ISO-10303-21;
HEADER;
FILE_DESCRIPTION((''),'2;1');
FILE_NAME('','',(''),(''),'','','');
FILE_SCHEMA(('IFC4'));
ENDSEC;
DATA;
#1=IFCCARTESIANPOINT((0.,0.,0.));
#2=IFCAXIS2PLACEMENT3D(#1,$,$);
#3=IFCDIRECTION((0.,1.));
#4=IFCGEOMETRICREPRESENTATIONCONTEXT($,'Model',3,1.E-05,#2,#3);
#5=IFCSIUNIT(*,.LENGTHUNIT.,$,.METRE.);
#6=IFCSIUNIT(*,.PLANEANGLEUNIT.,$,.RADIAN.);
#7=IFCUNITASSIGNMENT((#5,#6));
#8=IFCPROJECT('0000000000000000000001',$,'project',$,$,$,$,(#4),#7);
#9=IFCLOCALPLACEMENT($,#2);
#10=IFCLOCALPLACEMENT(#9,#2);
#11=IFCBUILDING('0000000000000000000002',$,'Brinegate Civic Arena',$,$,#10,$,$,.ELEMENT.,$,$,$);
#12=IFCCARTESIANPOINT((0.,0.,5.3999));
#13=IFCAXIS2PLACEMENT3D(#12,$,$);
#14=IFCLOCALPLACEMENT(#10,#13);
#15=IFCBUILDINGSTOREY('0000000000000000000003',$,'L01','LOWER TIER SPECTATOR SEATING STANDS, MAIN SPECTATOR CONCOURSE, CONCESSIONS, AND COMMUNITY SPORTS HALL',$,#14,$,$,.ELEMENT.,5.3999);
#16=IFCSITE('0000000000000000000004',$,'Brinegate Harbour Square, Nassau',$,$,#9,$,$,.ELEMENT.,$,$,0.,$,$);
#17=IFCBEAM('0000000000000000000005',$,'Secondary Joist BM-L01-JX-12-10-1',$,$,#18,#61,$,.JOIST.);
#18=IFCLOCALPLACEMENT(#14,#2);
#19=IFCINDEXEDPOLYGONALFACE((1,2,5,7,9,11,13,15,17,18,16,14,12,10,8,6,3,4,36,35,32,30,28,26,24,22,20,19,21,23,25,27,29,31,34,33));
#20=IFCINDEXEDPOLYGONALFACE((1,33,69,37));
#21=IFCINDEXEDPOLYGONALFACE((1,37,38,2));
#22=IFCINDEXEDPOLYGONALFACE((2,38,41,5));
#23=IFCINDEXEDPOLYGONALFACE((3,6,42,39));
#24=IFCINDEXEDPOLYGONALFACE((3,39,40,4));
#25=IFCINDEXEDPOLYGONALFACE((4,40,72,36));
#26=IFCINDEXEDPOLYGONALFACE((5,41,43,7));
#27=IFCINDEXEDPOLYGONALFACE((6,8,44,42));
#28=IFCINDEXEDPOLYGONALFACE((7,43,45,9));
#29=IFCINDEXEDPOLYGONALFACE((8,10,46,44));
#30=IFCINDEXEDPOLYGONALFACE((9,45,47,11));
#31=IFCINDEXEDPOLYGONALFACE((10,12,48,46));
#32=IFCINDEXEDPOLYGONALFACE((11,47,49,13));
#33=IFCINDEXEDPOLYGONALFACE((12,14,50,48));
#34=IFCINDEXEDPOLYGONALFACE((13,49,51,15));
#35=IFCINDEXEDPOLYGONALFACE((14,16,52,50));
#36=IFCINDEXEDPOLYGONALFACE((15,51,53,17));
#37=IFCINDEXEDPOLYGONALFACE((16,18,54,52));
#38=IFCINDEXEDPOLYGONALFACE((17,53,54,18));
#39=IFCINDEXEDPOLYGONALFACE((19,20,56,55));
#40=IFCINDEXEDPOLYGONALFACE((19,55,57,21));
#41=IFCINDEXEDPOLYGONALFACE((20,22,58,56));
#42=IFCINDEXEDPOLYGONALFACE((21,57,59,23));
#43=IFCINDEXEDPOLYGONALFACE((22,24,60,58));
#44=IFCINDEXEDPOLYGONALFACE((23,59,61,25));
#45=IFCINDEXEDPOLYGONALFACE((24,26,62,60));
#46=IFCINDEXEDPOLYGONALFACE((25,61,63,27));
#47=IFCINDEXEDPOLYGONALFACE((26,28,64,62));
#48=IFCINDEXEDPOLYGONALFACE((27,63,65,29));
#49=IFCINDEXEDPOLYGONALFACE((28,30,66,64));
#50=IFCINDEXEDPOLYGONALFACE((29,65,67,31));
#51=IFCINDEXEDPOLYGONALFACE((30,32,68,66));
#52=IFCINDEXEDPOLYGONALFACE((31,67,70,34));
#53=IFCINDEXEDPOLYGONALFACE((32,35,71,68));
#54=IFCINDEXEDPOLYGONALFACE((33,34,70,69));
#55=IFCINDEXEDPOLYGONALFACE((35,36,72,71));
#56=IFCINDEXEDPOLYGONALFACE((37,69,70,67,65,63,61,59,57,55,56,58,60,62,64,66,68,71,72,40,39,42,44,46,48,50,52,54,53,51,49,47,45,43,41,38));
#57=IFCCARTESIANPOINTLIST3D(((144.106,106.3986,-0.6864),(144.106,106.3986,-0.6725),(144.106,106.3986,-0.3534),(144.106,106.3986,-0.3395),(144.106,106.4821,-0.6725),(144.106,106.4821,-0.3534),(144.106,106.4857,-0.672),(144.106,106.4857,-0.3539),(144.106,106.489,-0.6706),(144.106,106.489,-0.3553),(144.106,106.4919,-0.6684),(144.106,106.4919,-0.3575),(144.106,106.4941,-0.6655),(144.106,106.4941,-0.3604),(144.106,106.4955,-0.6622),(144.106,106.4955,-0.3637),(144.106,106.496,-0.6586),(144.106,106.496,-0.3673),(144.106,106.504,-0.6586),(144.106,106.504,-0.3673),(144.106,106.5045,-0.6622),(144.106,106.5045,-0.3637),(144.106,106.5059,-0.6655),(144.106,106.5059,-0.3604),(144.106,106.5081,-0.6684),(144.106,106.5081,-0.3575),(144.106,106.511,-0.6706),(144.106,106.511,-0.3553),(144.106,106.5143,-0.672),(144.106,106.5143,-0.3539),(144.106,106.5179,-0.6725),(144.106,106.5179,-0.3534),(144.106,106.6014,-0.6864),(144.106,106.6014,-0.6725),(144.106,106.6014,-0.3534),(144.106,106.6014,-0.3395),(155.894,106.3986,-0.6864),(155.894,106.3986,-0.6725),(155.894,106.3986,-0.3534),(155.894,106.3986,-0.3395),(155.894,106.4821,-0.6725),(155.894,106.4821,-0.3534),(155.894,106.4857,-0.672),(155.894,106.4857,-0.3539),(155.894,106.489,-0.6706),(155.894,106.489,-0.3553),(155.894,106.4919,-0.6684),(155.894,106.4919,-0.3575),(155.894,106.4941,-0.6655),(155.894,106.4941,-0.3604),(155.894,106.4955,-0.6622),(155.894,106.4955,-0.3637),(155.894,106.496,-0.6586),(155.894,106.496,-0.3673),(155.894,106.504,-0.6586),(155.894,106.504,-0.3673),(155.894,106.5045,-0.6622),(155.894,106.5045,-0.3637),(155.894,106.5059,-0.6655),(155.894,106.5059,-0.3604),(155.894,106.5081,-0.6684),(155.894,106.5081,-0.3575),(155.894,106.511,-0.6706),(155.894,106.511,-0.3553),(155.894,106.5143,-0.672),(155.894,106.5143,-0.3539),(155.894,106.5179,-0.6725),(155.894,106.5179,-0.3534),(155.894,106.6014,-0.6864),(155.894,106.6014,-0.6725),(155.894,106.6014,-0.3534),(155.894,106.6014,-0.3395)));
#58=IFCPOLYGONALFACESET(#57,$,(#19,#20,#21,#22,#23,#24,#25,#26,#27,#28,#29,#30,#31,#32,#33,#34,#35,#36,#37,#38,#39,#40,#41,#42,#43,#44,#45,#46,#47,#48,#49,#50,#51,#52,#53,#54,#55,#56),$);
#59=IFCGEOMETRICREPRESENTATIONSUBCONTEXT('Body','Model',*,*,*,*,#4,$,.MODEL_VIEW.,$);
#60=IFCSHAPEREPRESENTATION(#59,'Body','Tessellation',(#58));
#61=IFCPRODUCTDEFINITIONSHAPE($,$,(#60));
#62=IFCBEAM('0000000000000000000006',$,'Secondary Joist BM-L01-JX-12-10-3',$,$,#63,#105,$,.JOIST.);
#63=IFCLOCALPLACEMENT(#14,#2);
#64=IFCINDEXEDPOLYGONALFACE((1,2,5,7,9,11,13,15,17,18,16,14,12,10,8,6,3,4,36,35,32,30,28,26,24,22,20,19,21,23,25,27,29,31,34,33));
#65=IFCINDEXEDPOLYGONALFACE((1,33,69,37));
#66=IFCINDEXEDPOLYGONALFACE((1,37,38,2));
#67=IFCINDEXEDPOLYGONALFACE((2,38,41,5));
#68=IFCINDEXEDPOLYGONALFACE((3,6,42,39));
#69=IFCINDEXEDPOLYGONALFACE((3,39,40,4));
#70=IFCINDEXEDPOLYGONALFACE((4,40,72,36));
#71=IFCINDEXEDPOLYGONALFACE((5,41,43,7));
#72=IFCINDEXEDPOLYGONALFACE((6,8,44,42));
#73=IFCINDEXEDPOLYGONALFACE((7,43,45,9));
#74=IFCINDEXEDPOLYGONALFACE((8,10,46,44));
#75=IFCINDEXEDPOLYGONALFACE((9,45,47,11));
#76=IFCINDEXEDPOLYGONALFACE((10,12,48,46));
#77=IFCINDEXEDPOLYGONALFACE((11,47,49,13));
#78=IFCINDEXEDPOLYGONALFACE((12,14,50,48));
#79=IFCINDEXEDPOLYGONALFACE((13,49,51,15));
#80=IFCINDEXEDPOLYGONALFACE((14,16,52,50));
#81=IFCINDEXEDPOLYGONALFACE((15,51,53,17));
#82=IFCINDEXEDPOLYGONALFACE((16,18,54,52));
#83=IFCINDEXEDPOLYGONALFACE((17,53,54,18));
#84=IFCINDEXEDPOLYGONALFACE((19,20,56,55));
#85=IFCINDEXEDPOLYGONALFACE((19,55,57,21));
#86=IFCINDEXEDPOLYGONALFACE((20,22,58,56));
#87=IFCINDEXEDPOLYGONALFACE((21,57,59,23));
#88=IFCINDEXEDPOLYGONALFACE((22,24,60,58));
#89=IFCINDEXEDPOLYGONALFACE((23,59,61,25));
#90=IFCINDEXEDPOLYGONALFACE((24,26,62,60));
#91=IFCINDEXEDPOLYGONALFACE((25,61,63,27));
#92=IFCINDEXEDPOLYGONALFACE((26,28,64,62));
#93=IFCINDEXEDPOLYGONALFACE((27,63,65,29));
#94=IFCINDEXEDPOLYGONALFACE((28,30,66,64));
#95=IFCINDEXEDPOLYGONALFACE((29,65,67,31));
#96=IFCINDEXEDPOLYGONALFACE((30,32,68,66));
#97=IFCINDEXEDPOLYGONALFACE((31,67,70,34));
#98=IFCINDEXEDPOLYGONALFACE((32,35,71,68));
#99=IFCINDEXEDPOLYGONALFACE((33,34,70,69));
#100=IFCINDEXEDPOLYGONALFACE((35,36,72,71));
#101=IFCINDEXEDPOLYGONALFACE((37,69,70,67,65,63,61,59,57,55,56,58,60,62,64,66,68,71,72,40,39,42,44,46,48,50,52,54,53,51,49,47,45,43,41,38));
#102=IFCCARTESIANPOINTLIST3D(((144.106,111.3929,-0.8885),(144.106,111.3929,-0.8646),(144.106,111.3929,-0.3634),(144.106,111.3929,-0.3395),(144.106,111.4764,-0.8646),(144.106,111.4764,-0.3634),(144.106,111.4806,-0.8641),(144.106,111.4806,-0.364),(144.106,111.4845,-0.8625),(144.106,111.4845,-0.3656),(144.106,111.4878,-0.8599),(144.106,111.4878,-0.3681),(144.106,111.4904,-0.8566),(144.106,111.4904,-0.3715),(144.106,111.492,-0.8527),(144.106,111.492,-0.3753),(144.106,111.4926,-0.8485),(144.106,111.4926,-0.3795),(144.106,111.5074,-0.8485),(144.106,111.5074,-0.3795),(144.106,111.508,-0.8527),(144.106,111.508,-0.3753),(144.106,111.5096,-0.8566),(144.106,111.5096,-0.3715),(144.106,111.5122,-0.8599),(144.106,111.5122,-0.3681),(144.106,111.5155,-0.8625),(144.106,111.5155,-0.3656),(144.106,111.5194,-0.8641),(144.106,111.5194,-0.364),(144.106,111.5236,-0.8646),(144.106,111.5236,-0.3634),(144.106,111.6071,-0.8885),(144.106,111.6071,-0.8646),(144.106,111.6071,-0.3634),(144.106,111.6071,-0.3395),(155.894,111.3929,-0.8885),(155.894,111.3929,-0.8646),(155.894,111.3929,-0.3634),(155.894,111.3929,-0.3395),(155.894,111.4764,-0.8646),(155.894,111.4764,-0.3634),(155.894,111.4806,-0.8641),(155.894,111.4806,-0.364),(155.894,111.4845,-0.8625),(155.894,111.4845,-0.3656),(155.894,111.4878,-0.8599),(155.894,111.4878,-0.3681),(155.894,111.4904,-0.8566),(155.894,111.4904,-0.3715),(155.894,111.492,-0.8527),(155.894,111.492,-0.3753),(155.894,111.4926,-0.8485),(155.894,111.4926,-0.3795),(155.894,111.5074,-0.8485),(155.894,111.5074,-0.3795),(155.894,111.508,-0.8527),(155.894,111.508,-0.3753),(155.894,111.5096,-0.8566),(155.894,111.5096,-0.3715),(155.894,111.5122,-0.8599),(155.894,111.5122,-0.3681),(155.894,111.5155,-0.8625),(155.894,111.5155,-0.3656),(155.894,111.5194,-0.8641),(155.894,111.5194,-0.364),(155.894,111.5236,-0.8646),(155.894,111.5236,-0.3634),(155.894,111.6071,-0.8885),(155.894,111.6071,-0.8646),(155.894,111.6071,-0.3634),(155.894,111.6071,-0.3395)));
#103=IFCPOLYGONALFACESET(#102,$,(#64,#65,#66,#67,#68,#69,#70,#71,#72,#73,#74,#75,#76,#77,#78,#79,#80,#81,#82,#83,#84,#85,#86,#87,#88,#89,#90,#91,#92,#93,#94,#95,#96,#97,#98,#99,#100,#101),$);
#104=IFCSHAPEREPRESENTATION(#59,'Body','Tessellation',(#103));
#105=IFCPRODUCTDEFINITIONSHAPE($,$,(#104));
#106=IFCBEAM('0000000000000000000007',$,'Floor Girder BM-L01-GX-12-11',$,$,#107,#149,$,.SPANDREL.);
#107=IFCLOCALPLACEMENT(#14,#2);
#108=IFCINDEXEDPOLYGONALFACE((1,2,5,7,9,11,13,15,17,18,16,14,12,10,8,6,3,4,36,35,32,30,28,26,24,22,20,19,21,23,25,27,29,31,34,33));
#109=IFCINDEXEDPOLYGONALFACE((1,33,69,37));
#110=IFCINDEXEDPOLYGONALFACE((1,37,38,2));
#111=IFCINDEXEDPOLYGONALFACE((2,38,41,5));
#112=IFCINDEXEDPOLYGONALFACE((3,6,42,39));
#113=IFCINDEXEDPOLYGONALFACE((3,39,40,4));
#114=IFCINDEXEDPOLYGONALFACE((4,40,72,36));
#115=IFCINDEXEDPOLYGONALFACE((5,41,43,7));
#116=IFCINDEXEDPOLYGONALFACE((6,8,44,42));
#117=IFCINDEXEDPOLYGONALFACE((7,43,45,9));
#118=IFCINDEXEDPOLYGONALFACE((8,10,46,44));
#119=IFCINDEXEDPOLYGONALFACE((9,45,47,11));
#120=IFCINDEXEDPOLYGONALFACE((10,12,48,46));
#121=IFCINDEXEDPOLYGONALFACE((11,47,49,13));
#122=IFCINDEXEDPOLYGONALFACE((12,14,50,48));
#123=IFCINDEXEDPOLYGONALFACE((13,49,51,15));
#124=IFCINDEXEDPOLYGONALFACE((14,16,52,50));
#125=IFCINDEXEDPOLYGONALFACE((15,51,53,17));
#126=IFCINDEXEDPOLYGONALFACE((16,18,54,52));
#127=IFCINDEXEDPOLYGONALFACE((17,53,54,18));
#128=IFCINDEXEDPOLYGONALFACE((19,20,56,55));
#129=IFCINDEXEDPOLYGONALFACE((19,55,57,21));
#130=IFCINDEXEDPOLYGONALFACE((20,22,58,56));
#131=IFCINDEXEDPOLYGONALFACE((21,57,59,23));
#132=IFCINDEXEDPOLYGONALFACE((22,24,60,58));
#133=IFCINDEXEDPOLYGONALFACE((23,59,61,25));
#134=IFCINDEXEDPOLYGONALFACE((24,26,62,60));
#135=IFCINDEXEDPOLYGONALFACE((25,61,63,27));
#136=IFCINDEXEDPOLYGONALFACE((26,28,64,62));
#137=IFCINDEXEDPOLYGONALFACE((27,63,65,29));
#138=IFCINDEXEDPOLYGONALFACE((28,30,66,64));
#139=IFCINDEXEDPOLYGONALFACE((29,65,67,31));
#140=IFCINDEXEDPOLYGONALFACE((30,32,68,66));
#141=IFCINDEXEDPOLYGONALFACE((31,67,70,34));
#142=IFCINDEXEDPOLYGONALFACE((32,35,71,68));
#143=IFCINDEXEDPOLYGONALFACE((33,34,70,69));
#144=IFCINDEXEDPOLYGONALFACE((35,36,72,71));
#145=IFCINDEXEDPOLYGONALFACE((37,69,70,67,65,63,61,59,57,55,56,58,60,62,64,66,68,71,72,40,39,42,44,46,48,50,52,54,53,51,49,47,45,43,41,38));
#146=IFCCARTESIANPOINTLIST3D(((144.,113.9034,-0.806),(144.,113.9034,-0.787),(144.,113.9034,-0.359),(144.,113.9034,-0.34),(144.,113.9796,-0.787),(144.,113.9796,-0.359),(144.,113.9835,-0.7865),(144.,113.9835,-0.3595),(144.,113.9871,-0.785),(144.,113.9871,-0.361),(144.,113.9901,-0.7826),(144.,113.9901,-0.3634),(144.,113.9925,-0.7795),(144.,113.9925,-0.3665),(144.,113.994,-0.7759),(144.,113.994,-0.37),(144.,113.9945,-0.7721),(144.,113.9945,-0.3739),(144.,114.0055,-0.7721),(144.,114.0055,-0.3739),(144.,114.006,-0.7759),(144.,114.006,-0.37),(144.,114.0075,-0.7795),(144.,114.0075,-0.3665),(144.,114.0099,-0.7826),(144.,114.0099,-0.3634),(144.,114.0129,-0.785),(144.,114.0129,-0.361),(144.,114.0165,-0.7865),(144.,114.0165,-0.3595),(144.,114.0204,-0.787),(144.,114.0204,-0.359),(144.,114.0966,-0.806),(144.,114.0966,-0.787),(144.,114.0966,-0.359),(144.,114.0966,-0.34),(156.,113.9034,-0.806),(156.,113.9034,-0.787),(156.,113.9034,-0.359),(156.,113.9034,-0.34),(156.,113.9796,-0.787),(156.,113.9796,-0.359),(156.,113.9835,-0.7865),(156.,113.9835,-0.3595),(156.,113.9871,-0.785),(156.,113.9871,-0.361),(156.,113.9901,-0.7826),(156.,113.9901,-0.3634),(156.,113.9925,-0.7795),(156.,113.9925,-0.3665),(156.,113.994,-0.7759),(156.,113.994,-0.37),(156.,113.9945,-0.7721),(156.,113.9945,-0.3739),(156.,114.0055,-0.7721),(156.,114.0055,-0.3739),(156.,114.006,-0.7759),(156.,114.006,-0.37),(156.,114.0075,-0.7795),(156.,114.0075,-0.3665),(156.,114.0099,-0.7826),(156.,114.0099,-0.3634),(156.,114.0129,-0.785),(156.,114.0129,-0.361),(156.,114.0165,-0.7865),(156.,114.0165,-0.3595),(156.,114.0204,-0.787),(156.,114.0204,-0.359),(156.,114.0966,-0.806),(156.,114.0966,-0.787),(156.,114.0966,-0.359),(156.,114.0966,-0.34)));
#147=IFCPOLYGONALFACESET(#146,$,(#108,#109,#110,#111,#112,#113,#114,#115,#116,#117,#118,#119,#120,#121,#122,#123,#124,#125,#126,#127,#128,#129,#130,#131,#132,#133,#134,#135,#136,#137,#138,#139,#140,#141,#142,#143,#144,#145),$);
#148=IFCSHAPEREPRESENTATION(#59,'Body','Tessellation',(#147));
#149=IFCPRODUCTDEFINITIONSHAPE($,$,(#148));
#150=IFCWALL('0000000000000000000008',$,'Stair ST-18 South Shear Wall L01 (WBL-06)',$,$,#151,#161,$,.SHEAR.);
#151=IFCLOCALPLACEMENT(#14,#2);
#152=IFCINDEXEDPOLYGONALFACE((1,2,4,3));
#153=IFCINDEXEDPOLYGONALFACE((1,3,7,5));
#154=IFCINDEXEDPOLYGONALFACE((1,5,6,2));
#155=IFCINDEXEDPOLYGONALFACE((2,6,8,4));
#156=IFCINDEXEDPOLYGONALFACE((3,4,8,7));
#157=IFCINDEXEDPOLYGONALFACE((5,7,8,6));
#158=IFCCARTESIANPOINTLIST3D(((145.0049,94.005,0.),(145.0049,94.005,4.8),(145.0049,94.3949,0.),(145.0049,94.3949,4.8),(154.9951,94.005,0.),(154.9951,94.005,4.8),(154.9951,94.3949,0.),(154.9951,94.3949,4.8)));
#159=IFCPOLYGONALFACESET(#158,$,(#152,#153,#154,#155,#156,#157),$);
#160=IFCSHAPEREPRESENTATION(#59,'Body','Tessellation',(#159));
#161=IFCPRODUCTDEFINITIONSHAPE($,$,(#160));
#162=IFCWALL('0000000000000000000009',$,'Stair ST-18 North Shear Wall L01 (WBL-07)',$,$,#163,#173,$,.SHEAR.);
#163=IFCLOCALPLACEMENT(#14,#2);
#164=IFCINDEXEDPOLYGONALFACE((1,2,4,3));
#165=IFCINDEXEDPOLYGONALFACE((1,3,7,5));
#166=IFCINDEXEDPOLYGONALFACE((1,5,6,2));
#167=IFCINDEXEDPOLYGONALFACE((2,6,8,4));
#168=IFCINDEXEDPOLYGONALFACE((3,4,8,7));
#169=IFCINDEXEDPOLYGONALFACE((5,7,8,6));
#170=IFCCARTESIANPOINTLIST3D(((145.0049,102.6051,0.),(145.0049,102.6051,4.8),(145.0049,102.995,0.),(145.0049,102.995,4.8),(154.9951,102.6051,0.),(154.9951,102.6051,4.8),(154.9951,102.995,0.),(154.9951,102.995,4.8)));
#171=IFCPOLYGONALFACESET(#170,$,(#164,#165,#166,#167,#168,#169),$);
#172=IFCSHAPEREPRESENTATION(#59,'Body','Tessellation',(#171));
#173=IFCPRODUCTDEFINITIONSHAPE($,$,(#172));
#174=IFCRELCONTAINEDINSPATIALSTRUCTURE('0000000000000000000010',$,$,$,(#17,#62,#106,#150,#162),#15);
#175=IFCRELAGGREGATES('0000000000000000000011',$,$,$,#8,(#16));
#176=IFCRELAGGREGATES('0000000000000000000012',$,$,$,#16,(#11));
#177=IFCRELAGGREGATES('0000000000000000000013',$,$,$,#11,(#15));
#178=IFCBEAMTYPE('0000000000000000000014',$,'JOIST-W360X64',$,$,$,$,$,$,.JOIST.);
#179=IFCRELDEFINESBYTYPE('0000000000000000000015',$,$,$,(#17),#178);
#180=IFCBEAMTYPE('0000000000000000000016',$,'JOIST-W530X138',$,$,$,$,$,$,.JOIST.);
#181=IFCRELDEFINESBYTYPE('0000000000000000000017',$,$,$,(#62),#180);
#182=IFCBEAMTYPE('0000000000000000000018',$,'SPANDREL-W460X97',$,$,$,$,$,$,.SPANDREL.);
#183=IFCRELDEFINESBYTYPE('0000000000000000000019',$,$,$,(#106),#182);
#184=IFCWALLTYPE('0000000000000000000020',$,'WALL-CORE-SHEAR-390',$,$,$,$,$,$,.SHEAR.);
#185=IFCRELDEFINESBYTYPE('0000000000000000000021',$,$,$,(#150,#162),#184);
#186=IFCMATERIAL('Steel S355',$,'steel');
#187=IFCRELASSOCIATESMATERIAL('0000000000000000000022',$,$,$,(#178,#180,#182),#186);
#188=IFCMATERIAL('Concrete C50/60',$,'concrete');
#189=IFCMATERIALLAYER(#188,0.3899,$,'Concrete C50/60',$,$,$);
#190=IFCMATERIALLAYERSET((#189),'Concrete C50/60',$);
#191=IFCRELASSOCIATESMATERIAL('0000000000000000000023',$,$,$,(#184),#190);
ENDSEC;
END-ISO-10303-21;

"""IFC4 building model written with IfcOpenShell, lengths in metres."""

from ifc_helpers import new_model, si_unit, direction, frame, frame_2d, origin, origin_2d, place, context, subcontext, project, spatial, rectangle, i_section, extrude, material, layer, layer_set, material_profile, profile_set, type_object, element, save


model = new_model("IFC4")

# Units and contexts
model_context = context("Model", 3, precision=1e-05, world=origin(), true_north=direction((0.0, 1.0)))
body_context = subcontext(model_context, "Body", "Model", "MODEL_VIEW")
ifc_project = project(units=[si_unit("LENGTHUNIT", "METRE"), si_unit("PLANEANGLEUNIT", "RADIAN")], contexts=[model_context])

# Site, building, storey
site_placement = place(None, origin())
site = spatial("IfcSite", under=ifc_project, at=site_placement, Name="Brinegate Harbour Square, Nassau", CompositionType="ELEMENT", RefElevation=0.0)
building_placement = place(site_placement, origin())
building = spatial("IfcBuilding", under=site, at=building_placement, Name="Brinegate Civic Arena", CompositionType="ELEMENT")
storey_placement = place(building_placement, frame((0.0, 0.0, 5.3999)))
storey = spatial("IfcBuildingStorey", under=building, at=storey_placement, Name="L01", Description="LOWER TIER SPECTATOR SEATING STANDS, MAIN SPECTATOR CONCOURSE, CONCESSIONS, AND COMMUNITY SPORTS HALL", CompositionType="ELEMENT", Elevation=5.3999)

# Shared definitions
ifc_material_1 = material(Name="Concrete C50/60", Category="concrete")

# Beams
ifc_material_2 = material(Name="Steel S355", Category="steel")
ifc_material_profile_1 = material_profile(ifc_material_2, i_section(OverallWidth=0.2029, OverallDepth=0.3469, WebThickness=0.0081, FlangeThickness=0.0139, FilletRadius=0.0139, at=origin_2d()), Name="W360X64")
ifc_profile_set_1 = profile_set([ifc_material_profile_1], Name="Steel S355")
beam_type_1 = type_object("IfcBeamType", Name="JOIST-W360X64", PredefinedType="JOIST", material=ifc_profile_set_1)
beam_1_placement = place(storey_placement, frame((144.106, 106.5, -0.5129), z_axis=(1.0, 0.0, 0.0), x_axis=(0.0, 1.0, 0.0)))
element("IfcBeam", 1, at=beam_1_placement, inside=storey, type_object=beam_type_1, Name="Secondary Joist BM-L01-JX-12-10-1", PredefinedType="JOIST", context=body_context, shape_type="SweptSolid", body=[
    extrude(i_section(OverallWidth=0.2029, OverallDepth=0.3469, WebThickness=0.0081, FlangeThickness=0.0139, FilletRadius=0.0139, at=origin_2d()), origin(), (0.0, 0.0, 1.0), 11.7881),
])
ifc_material_profile_2 = material_profile(ifc_material_2, i_section(OverallWidth=0.2141, OverallDepth=0.5491, WebThickness=0.0149, FlangeThickness=0.0239, FilletRadius=0.0161, at=origin_2d()), Name="W530X138")
ifc_profile_set_2 = profile_set([ifc_material_profile_2], Name="Steel S355")
beam_type_2 = type_object("IfcBeamType", Name="JOIST-W530X138", PredefinedType="JOIST", material=ifc_profile_set_2)
beam_2_placement = place(storey_placement, frame((144.106, 111.5, -0.614), z_axis=(1.0, 0.0, 0.0), x_axis=(0.0, 1.0, 0.0)))
element("IfcBeam", 2, at=beam_2_placement, inside=storey, type_object=beam_type_2, Name="Secondary Joist BM-L01-JX-12-10-3", PredefinedType="JOIST", context=body_context, shape_type="SweptSolid", body=[
    extrude(i_section(OverallWidth=0.2141, OverallDepth=0.5491, WebThickness=0.0149, FlangeThickness=0.0239, FilletRadius=0.0161, at=origin_2d()), origin(), (0.0, 0.0, 1.0), 11.7881),
])
ifc_material_profile_3 = material_profile(ifc_material_2, i_section(OverallWidth=0.1931, OverallDepth=0.4661, WebThickness=0.011, FlangeThickness=0.019, FilletRadius=0.0149, at=origin_2d()), Name="W460X97")
ifc_profile_set_3 = profile_set([ifc_material_profile_3], Name="Steel S355")
beam_type_3 = type_object("IfcBeamType", Name="SPANDREL-W460X97", PredefinedType="SPANDREL", material=ifc_profile_set_3)
beam_3_placement = place(storey_placement, frame((144.0, 114.0, -0.573), z_axis=(1.0, 0.0, 0.0), x_axis=(0.0, 1.0, 0.0)))
element("IfcBeam", 3, at=beam_3_placement, inside=storey, type_object=beam_type_3, Name="Floor Girder BM-L01-GX-12-11", PredefinedType="SPANDREL", context=body_context, shape_type="SweptSolid", body=[
    extrude(i_section(OverallWidth=0.1931, OverallDepth=0.4661, WebThickness=0.011, FlangeThickness=0.019, FilletRadius=0.0149, at=origin_2d()), origin(), (0.0, 0.0, 1.0), 12.0),
])

# Walls
ifc_layer_1 = layer(ifc_material_1, 0.3899, Name="Concrete C50/60")
ifc_layer_set_1 = layer_set([ifc_layer_1], Name="Concrete C50/60")
wall_type_1 = type_object("IfcWallType", Name="WALL-CORE-SHEAR-390", PredefinedType="SHEAR", material=ifc_layer_set_1)
for number, where, z_axis, x_axis, name in (
    (4, (145.0049, 94.2, 0.0), (0.0, 0.0, 1.0), (1.0, 0.0, 0.0), "Stair ST-18 South Shear Wall L01 (WBL-06)"),
    (5, (145.0049, 102.8, 0.0), (0.0, 0.0, 1.0), (1.0, 0.0, 0.0), "Stair ST-18 North Shear Wall L01 (WBL-07)"),
):
    element("IfcWall", number, at=place(storey_placement, frame(where, z_axis=z_axis, x_axis=x_axis)), inside=storey, type_object=wall_type_1, Name=name, PredefinedType="SHEAR", context=body_context, shape_type="SweptSolid", body=[
        extrude(rectangle(XDim=9.9902, YDim=0.3899, at=frame_2d((4.9951, 0.0))), origin(), (0.0, 0.0, 1.0), 4.8),
    ])

save(model, "model.ifc")
